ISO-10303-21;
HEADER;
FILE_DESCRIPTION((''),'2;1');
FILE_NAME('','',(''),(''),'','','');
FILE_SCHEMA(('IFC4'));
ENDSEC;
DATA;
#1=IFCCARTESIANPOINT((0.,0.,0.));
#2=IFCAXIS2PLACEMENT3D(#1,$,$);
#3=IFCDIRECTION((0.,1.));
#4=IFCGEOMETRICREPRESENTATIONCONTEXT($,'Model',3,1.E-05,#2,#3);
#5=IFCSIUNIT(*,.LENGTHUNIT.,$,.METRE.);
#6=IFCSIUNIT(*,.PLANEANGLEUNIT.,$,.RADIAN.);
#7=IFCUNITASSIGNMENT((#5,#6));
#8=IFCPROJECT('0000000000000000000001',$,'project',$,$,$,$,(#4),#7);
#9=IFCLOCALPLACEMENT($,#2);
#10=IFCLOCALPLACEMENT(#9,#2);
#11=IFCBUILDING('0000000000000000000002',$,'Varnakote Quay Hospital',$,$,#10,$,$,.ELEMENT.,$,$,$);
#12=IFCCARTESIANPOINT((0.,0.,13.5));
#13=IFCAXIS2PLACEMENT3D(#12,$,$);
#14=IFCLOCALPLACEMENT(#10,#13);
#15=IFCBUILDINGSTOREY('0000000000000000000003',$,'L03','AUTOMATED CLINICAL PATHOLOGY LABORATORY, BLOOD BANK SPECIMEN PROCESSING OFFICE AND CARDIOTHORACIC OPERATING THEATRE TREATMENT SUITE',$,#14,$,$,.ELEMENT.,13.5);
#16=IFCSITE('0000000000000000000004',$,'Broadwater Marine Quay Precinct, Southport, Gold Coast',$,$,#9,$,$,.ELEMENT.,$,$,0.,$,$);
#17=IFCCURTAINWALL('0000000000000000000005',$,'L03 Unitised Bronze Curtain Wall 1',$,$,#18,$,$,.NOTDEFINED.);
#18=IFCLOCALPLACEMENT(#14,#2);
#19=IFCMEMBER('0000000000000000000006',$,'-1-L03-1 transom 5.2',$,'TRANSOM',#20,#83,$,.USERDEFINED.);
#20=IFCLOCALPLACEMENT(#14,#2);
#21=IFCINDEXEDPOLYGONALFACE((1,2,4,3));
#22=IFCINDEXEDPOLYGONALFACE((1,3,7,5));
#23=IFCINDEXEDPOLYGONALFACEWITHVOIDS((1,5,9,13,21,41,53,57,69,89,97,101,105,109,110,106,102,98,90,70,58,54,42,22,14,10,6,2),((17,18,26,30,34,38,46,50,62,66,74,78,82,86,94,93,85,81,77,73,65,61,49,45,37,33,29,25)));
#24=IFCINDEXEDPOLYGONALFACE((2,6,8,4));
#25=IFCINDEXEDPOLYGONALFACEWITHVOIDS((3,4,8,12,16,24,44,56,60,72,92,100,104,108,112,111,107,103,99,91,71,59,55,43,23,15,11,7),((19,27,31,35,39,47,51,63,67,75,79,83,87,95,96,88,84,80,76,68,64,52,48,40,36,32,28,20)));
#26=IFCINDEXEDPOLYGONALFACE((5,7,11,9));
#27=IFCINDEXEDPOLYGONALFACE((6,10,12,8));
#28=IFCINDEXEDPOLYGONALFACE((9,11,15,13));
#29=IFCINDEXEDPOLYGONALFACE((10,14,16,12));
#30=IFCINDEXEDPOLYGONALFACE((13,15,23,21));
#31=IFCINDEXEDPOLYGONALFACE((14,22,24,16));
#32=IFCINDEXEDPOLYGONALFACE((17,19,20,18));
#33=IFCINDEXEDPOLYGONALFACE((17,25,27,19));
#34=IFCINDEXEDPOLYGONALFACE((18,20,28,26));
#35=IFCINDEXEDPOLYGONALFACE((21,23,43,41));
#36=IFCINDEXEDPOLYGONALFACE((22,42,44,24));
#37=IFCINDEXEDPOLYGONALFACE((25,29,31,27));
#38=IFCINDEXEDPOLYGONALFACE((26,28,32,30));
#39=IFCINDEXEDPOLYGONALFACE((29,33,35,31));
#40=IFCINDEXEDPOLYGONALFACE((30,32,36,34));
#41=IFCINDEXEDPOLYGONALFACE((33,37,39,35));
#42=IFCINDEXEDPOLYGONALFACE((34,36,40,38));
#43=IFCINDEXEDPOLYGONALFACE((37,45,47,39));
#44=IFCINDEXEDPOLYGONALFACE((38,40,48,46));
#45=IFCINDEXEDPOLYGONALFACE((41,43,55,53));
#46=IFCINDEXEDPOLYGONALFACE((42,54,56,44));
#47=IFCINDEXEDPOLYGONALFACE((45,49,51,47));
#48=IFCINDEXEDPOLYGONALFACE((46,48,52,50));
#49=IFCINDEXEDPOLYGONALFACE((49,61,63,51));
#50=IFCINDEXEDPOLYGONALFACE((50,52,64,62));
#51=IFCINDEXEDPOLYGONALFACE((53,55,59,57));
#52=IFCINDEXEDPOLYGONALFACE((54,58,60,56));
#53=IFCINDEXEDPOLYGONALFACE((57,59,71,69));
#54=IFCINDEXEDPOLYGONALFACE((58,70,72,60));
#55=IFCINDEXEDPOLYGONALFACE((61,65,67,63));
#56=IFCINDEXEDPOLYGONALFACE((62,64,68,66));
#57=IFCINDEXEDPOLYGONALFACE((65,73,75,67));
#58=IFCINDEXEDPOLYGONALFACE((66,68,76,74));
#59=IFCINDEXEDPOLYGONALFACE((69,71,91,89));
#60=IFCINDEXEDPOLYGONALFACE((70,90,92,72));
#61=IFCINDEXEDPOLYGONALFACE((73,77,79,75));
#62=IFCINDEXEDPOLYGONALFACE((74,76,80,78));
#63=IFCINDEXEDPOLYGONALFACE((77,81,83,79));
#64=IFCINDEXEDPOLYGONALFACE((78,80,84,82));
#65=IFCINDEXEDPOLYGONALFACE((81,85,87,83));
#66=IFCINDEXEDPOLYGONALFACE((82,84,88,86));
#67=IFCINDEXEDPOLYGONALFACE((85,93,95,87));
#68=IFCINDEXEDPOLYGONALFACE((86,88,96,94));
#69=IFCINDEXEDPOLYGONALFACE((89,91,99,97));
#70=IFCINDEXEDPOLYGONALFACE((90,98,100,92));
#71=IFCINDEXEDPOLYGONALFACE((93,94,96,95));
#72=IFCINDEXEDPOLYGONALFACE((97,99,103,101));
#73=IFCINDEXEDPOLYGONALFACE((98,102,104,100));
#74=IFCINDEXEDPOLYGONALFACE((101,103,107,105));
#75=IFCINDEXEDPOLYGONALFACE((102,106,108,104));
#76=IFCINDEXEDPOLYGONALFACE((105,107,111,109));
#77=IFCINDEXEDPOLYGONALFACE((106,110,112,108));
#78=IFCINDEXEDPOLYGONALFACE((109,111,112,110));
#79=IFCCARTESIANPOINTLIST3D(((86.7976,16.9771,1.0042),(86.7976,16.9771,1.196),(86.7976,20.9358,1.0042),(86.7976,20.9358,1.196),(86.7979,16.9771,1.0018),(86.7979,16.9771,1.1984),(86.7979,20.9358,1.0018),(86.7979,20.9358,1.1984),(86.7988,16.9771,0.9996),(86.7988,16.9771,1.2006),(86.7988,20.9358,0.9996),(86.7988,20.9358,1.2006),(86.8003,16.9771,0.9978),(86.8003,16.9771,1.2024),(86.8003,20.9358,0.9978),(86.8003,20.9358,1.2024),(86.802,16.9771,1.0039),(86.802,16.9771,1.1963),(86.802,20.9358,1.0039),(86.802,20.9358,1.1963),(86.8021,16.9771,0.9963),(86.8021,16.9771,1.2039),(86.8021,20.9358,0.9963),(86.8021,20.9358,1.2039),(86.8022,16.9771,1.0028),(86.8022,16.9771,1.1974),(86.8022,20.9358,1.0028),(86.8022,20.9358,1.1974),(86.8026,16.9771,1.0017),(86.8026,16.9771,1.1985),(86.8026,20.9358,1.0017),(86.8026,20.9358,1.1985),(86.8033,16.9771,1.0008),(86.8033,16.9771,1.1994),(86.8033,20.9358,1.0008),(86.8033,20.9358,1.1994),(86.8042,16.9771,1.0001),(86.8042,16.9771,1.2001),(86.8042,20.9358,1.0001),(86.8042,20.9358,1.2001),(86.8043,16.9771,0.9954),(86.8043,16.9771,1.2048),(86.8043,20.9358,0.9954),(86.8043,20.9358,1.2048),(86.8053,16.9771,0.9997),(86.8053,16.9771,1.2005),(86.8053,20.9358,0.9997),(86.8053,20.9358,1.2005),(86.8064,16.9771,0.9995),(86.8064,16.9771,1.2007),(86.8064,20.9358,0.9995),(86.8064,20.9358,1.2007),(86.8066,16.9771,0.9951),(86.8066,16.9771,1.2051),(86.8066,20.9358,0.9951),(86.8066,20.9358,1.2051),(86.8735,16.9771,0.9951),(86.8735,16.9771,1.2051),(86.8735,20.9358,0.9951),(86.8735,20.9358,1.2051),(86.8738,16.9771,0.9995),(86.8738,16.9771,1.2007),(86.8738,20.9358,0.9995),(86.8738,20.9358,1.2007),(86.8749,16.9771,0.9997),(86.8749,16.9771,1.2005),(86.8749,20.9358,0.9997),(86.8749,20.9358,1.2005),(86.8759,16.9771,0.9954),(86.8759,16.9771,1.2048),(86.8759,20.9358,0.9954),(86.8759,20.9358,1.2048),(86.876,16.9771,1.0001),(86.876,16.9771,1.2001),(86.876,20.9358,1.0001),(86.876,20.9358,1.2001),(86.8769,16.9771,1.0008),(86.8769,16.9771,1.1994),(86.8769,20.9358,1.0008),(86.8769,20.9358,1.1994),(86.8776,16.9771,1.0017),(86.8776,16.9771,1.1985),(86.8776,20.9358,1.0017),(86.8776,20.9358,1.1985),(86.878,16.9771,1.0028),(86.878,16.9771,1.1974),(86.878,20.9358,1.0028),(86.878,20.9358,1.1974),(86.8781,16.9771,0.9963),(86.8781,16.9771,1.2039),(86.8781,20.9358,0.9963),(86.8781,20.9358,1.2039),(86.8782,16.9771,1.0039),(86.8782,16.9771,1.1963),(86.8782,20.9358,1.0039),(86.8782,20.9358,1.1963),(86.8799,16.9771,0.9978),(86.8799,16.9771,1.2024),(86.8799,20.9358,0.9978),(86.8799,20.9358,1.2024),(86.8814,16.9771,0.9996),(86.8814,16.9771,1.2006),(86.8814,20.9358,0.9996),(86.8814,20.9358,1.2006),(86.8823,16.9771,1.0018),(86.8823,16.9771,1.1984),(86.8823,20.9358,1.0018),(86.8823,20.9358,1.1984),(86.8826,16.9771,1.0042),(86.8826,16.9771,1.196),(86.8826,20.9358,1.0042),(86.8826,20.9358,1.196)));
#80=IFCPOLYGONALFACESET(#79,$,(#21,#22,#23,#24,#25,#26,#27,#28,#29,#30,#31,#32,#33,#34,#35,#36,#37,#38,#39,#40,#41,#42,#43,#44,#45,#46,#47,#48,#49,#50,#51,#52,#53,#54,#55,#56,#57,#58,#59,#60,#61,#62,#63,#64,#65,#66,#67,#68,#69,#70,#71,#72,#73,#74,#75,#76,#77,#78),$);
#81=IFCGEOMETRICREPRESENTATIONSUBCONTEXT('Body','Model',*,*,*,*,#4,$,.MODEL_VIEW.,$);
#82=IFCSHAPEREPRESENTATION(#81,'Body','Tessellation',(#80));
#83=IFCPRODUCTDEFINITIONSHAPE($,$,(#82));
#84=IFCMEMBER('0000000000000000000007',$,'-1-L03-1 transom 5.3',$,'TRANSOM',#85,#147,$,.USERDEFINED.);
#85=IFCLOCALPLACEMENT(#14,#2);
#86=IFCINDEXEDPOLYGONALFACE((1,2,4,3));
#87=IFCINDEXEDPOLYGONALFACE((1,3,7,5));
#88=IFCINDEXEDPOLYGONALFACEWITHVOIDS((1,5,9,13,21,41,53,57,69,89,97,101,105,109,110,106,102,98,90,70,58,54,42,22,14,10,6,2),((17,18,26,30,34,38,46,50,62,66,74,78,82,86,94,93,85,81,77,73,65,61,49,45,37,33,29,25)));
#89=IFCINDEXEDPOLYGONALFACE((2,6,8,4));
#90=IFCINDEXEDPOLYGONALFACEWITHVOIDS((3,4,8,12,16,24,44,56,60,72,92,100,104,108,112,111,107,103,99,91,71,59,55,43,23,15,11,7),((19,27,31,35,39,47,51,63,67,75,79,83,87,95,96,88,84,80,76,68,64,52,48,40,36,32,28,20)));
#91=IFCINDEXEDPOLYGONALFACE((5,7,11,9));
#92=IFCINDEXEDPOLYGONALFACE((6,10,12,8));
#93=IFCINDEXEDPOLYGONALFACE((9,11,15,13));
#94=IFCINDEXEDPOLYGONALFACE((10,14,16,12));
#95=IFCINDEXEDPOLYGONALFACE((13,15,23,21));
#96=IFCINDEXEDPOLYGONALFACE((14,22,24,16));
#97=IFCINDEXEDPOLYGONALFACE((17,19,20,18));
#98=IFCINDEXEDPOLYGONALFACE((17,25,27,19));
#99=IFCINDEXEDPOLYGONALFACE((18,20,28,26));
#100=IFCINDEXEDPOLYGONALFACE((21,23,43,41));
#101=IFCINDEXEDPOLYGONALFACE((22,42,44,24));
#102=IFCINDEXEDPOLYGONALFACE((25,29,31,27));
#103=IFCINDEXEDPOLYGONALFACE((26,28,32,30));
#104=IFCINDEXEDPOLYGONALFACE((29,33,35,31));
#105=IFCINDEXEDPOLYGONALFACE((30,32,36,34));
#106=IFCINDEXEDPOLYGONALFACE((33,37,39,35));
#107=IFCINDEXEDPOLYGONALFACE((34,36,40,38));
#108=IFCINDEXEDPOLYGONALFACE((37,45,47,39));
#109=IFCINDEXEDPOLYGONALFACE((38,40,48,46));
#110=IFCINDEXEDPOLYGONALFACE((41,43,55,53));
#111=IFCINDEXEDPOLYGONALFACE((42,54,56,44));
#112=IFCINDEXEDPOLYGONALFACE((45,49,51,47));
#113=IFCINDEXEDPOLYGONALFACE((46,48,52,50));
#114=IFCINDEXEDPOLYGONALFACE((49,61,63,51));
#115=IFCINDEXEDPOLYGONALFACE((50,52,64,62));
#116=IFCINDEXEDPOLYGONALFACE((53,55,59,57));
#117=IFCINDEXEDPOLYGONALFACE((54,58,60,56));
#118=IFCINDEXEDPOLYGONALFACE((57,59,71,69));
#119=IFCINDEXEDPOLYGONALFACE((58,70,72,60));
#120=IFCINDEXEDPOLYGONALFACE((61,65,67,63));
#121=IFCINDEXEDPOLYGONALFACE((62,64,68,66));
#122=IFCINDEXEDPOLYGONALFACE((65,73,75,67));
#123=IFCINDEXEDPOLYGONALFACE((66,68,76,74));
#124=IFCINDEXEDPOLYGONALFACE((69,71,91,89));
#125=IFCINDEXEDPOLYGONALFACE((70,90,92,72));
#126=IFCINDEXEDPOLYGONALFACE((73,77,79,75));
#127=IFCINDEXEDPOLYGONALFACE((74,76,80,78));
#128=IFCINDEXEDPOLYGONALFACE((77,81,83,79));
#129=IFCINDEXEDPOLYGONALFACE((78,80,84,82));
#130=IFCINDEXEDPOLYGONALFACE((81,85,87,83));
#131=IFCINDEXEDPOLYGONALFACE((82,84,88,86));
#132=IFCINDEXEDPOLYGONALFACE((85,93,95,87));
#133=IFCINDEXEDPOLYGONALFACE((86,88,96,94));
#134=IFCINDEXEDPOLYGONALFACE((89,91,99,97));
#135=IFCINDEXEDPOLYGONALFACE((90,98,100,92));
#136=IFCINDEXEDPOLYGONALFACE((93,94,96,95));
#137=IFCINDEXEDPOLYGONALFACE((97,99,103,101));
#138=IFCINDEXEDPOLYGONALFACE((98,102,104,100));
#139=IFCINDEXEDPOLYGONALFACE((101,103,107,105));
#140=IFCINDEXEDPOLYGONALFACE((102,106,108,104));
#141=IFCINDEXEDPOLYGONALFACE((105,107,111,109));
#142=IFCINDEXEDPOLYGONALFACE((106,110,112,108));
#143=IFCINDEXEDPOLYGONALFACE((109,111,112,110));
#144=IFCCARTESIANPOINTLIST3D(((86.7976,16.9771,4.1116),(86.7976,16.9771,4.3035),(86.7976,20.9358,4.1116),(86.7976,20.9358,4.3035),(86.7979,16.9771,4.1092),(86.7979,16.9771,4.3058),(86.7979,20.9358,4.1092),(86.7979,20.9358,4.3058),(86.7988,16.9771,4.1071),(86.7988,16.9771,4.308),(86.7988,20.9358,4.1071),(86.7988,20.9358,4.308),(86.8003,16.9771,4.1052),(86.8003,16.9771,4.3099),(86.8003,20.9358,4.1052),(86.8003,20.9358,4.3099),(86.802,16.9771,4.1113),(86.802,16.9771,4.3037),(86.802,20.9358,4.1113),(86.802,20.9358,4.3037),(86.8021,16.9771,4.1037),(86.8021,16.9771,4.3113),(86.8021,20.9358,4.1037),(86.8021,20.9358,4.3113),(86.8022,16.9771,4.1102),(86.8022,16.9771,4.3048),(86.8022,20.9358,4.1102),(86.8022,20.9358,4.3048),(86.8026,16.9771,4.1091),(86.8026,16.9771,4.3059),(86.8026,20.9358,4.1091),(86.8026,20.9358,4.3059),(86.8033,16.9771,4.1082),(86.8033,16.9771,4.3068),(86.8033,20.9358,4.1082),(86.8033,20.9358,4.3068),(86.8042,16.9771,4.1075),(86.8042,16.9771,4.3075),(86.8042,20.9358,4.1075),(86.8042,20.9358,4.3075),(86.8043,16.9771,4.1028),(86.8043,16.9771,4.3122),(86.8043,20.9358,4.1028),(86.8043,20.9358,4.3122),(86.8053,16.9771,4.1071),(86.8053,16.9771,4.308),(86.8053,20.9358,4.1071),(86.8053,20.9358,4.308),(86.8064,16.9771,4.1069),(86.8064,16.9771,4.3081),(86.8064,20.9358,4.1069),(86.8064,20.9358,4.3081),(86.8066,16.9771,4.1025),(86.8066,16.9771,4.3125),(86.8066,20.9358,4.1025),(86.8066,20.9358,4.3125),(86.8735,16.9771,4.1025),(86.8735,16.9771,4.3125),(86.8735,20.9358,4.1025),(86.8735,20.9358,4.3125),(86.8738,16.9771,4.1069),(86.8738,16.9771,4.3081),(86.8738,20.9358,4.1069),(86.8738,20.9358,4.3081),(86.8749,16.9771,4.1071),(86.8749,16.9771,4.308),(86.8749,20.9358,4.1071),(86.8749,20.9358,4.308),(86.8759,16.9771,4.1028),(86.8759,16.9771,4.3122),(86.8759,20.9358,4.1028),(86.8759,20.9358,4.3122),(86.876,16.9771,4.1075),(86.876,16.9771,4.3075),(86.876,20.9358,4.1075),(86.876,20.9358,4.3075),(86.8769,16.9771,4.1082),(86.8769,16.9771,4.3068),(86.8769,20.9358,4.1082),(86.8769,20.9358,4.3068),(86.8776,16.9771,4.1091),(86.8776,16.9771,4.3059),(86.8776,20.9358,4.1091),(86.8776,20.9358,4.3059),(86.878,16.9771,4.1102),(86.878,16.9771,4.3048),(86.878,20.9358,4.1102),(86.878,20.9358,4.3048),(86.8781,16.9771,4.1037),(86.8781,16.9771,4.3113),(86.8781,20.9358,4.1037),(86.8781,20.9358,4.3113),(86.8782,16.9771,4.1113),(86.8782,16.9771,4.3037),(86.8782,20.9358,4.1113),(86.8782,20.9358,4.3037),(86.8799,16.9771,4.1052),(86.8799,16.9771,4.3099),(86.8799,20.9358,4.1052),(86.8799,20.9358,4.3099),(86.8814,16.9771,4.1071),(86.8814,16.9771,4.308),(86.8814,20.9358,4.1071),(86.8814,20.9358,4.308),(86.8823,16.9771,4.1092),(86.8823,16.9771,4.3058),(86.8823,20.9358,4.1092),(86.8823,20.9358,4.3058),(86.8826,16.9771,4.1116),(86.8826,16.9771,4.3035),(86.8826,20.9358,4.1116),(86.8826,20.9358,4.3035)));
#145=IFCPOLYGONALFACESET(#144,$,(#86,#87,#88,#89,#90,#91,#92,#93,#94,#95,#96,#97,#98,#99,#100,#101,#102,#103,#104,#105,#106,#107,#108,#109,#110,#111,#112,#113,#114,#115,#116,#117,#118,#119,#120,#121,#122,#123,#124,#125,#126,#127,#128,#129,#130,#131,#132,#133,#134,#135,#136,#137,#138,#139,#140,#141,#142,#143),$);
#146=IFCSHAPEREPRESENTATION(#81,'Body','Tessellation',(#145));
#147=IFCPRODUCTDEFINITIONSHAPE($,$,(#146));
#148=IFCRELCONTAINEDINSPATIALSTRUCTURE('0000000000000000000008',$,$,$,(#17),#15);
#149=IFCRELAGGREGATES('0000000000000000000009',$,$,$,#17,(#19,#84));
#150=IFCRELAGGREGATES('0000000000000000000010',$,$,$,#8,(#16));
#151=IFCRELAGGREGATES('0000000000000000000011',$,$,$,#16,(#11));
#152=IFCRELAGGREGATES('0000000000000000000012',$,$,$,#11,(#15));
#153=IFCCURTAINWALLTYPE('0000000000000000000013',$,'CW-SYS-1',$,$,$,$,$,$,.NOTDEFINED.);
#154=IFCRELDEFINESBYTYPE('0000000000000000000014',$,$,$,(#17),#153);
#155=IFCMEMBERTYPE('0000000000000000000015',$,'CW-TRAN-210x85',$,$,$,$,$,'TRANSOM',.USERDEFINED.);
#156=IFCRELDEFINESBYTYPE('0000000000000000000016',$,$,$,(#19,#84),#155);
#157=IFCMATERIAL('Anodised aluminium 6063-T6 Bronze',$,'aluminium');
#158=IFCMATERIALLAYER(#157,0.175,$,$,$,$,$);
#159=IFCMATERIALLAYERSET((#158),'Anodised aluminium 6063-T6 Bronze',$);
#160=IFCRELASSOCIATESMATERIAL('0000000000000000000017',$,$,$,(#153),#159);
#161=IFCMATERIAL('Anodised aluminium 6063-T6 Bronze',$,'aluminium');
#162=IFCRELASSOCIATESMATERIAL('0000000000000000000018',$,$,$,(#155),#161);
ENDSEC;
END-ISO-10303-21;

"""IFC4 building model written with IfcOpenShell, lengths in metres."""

from ifc_helpers import new_model, si_unit, direction, frame, origin, origin_2d, place, context, subcontext, project, spatial, hollow_rectangle, extrude, material, layer, layer_set, material_profile, profile_set, type_object, element, aggregate, save


model = new_model("IFC4")

# Units and contexts
model_context = context("Model", 3, precision=1e-05, world=origin(), true_north=direction((0.0, 1.0)))
body_context = subcontext(model_context, "Body", "Model", "MODEL_VIEW")
ifc_project = project(units=[si_unit("LENGTHUNIT", "METRE"), si_unit("PLANEANGLEUNIT", "RADIAN")], contexts=[model_context])

# Site, building, storey
site_placement = place(None, origin())
site = spatial("IfcSite", under=ifc_project, at=site_placement, Name="Broadwater Marine Quay Precinct, Southport, Gold Coast", CompositionType="ELEMENT", RefElevation=0.0)
building_placement = place(site_placement, origin())
building = spatial("IfcBuilding", under=site, at=building_placement, Name="Varnakote Quay Hospital", CompositionType="ELEMENT")
storey_placement = place(building_placement, frame((0.0, 0.0, 13.5)))
storey = spatial("IfcBuildingStorey", under=building, at=storey_placement, Name="L03", Description="AUTOMATED CLINICAL PATHOLOGY LABORATORY, BLOOD BANK SPECIMEN PROCESSING OFFICE AND CARDIOTHORACIC OPERATING THEATRE TREATMENT SUITE", CompositionType="ELEMENT", Elevation=13.5)

# Curtain wall, members
ifc_material_1 = material(Name="Anodised aluminium 6063-T6 Bronze", Category="aluminium")
ifc_layer_1 = layer(ifc_material_1, 0.175)
ifc_layer_set_1 = layer_set([ifc_layer_1], Name="Anodised aluminium 6063-T6 Bronze")
curtain_wall_type = type_object("IfcCurtainWallType", Name="CW-SYS-1", PredefinedType="NOTDEFINED", material=ifc_layer_set_1)
curtain_wall_placement = place(storey_placement, origin())
curtain_wall = element("IfcCurtainWall", 1, at=curtain_wall_placement, inside=storey, type_object=curtain_wall_type, Name="L03 Unitised Bronze Curtain Wall 1", PredefinedType="NOTDEFINED")
ifc_material_2 = material(Name="Anodised aluminium 6063-T6 Bronze", Category="aluminium")
ifc_material_profile_1 = material_profile(ifc_material_2, hollow_rectangle(XDim=0.085, YDim=0.21, WallThickness=0.0044, InnerFilletRadius=0.0044, OuterFilletRadius=0.009, at=origin_2d()), Name="CW-TRAN-210x85")
ifc_profile_set_1 = profile_set([ifc_material_profile_1], Name="Anodised aluminium 6063-T6 Bronze")
member_type_1 = type_object("IfcMemberType", Name="CW-TRAN-210x85", ElementType="TRANSOM", PredefinedType="USERDEFINED", material=ifc_profile_set_1)
member_1_placement = place(storey_placement, frame((86.8401, 16.9771, 1.1001), z_axis=(0.0, 1.0, 0.0), x_axis=(-1.0, 0.0, 0.0)))
member_1 = element("IfcMember", 2, at=member_1_placement, type_object=member_type_1, Name="-1-L03-1 transom 5.2", ObjectType="TRANSOM", PredefinedType="USERDEFINED", context=body_context, shape_type="SweptSolid", body=[
    extrude(hollow_rectangle(XDim=0.085, YDim=0.21, WallThickness=0.0044, InnerFilletRadius=0.0044, OuterFilletRadius=0.009, at=origin_2d()), origin(), (0.0, 0.0, 1.0), 3.9587),
])
member_2_placement = place(storey_placement, frame((86.8401, 16.9771, 4.2075), z_axis=(0.0, 1.0, 0.0), x_axis=(-1.0, 0.0, 0.0)))
member_2 = element("IfcMember", 3, at=member_2_placement, type_object=member_type_1, Name="-1-L03-1 transom 5.3", ObjectType="TRANSOM", PredefinedType="USERDEFINED", context=body_context, shape_type="SweptSolid", body=[
    extrude(hollow_rectangle(XDim=0.085, YDim=0.21, WallThickness=0.0044, InnerFilletRadius=0.0044, OuterFilletRadius=0.009, at=origin_2d()), origin(), (0.0, 0.0, 1.0), 3.9587),
])
aggregate(curtain_wall, [member_1, member_2])

save(model, "model.ifc")
